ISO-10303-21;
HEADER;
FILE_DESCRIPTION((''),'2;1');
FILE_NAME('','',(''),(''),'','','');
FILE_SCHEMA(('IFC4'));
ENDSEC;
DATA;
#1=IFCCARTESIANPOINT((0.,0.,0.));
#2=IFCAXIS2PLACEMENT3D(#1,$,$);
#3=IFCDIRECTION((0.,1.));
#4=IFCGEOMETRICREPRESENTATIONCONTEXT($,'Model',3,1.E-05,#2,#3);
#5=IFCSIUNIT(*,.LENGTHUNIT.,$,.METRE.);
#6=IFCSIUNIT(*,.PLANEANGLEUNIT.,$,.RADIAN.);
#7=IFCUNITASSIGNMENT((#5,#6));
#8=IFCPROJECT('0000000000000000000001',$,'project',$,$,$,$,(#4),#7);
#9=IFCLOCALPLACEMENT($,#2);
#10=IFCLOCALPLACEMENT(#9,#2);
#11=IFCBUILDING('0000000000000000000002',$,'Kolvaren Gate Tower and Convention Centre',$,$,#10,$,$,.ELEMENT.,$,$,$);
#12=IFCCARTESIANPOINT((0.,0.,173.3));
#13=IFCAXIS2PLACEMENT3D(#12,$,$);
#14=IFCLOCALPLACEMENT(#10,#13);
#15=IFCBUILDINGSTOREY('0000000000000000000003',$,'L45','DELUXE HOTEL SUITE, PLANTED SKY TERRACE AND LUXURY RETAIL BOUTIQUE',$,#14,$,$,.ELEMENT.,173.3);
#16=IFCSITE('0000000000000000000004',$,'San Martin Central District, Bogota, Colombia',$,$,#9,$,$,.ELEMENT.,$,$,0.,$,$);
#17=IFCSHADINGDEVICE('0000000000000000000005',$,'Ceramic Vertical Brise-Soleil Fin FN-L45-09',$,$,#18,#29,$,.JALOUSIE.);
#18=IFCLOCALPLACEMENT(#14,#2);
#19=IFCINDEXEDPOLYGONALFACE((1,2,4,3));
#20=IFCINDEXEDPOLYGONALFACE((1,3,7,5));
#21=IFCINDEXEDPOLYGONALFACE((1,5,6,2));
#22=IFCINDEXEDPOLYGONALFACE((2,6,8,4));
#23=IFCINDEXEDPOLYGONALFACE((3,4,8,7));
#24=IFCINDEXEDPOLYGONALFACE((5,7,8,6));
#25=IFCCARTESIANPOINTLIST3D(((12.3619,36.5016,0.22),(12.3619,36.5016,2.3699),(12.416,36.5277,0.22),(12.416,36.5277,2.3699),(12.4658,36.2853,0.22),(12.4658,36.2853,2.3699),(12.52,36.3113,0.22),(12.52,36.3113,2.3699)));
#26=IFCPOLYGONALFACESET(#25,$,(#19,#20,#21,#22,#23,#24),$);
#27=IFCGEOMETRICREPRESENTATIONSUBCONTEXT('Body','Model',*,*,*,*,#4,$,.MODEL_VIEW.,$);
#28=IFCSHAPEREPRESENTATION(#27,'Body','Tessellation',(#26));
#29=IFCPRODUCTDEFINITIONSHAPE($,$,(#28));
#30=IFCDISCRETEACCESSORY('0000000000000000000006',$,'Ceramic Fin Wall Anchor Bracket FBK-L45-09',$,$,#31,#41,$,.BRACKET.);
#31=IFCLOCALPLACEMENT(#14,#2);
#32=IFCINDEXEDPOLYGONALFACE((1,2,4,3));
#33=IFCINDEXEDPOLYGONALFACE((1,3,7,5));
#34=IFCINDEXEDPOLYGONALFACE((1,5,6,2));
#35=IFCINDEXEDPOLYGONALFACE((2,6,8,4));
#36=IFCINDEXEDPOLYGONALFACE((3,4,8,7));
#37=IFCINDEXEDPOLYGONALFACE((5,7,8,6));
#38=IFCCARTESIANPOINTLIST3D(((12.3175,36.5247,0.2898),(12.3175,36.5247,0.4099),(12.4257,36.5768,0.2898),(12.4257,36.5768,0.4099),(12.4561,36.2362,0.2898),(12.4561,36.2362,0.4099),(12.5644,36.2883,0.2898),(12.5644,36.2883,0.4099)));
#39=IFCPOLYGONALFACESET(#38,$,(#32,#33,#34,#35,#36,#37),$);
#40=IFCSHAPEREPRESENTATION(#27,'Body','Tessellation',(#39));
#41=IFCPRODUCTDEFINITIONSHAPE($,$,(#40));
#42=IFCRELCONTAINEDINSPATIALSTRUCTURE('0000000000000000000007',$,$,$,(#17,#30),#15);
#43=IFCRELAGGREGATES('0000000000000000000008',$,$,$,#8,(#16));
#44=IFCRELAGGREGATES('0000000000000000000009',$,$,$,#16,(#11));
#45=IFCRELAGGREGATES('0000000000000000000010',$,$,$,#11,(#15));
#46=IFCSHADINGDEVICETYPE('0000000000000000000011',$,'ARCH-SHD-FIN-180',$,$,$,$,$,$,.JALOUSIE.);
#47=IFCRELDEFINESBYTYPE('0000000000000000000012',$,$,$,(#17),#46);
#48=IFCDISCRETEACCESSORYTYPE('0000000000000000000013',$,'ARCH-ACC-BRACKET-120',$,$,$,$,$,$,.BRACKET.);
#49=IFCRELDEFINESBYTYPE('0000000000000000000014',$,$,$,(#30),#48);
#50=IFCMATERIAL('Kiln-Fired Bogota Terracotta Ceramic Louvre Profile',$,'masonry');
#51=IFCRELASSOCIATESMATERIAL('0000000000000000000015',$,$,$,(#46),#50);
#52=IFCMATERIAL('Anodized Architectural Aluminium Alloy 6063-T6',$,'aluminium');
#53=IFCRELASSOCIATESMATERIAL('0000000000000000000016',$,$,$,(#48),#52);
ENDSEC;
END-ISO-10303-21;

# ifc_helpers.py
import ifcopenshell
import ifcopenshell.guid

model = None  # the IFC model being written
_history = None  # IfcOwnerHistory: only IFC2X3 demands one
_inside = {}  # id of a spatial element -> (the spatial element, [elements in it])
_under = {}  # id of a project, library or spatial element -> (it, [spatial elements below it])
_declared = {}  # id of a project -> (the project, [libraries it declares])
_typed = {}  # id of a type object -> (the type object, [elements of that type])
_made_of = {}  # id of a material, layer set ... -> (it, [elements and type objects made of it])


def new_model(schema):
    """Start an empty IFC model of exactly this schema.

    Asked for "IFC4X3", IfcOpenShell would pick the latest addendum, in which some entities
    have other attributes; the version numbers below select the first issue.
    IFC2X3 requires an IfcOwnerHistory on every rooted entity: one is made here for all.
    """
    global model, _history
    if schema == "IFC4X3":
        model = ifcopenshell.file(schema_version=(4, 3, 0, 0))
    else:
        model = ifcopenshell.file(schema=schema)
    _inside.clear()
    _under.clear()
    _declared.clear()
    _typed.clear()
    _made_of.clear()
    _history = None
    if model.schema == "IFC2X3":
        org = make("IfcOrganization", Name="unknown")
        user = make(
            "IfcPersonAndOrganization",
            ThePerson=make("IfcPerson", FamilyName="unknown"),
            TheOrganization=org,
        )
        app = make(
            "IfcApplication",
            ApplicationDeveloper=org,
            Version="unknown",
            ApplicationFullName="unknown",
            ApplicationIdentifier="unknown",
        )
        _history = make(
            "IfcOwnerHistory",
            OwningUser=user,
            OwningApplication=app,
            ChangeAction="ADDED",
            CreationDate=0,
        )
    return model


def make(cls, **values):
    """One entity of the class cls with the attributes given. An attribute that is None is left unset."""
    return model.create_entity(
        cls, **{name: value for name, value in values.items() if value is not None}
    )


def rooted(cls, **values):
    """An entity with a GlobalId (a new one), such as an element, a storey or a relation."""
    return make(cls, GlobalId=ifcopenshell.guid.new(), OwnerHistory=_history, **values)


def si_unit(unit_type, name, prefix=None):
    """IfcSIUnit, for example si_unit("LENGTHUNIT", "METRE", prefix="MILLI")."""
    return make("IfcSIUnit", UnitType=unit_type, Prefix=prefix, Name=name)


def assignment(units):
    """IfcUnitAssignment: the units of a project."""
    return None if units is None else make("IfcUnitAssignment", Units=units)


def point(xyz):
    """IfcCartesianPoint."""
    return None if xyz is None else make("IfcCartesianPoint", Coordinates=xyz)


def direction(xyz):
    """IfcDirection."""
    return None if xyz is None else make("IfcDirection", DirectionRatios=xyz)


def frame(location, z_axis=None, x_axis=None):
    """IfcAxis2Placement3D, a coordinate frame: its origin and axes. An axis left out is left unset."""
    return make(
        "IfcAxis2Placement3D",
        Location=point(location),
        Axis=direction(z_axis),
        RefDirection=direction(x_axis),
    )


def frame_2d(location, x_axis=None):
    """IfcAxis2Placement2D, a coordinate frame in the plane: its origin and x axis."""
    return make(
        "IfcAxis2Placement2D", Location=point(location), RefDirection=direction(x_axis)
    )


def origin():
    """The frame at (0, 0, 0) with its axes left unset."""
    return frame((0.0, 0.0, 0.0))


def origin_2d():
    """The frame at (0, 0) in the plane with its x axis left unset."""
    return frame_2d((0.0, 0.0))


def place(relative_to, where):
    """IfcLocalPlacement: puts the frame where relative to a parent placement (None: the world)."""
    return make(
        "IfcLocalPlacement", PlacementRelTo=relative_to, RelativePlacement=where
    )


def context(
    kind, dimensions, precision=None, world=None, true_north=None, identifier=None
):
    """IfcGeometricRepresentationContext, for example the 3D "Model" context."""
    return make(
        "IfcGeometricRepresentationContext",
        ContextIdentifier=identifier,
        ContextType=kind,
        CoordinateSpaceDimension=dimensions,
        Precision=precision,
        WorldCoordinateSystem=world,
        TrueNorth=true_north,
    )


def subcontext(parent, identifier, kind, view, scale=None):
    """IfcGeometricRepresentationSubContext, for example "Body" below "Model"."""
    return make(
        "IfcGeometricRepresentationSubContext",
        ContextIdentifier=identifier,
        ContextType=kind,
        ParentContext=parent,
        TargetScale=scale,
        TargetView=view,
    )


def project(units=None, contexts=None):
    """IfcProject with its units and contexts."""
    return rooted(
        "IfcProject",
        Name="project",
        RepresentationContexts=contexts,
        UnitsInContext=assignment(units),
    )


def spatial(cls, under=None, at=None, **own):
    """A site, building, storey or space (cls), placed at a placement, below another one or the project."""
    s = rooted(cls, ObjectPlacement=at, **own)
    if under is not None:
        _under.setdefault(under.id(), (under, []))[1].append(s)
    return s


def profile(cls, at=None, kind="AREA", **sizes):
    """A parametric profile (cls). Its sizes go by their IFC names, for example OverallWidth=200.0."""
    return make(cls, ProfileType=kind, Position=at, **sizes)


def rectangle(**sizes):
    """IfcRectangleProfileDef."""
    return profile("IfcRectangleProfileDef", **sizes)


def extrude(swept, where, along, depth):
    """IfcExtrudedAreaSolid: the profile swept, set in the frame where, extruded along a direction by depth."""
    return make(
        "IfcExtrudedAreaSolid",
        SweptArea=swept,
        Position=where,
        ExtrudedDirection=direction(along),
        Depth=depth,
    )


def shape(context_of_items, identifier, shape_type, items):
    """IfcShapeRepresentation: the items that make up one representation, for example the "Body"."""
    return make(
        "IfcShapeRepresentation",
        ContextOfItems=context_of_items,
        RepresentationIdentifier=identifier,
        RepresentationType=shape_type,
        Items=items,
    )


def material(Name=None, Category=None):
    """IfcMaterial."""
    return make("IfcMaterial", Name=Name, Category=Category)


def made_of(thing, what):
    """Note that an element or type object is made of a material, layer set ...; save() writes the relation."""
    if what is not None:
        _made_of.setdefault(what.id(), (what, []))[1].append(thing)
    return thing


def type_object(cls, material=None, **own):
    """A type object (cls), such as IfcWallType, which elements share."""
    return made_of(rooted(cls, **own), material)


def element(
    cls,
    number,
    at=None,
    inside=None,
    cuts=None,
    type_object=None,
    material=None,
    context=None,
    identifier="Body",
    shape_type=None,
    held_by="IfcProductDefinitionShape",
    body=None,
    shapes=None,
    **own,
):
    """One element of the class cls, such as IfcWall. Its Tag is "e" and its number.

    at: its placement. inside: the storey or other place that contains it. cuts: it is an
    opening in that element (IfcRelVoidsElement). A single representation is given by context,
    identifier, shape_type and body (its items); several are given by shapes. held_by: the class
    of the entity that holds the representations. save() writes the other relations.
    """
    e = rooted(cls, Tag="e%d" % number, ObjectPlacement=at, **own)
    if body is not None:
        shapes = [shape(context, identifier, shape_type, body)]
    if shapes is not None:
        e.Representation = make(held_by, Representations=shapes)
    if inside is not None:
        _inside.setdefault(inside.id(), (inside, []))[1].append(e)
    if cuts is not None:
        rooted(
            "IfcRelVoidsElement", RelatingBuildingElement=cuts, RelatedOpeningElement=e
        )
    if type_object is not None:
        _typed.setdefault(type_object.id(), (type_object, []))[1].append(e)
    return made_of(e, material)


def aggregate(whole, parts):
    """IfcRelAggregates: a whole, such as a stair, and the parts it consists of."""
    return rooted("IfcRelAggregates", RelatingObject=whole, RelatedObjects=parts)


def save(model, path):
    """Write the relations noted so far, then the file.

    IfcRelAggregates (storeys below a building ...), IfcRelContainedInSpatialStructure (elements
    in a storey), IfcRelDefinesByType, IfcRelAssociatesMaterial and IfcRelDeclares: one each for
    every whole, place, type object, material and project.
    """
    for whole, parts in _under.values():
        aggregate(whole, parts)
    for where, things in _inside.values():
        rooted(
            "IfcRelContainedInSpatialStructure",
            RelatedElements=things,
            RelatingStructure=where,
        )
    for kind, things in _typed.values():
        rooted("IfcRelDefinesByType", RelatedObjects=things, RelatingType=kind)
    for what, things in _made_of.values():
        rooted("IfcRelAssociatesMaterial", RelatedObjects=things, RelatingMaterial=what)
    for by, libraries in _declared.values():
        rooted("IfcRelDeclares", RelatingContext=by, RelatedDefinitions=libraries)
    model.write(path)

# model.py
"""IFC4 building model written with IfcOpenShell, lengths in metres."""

from ifc_helpers import new_model, si_unit, direction, frame, origin, origin_2d, place, context, subcontext, project, spatial, rectangle, extrude, material, type_object, element, save


model = new_model("IFC4")

# Units and contexts
model_context = context("Model", 3, precision=1e-05, world=origin(), true_north=direction((0.0, 1.0)))
body_context = subcontext(model_context, "Body", "Model", "MODEL_VIEW")
ifc_project = project(units=[si_unit("LENGTHUNIT", "METRE"), si_unit("PLANEANGLEUNIT", "RADIAN")], contexts=[model_context])

# Site, building, storey
site_placement = place(None, origin())
site = spatial("IfcSite", under=ifc_project, at=site_placement, Name="San Martin Central District, Bogota, Colombia", CompositionType="ELEMENT", RefElevation=0.0)
building_placement = place(site_placement, origin())
building = spatial("IfcBuilding", under=site, at=building_placement, Name="Kolvaren Gate Tower and Convention Centre", CompositionType="ELEMENT")
storey_placement = place(building_placement, frame((0.0, 0.0, 173.3)))
storey = spatial("IfcBuildingStorey", under=building, at=storey_placement, Name="L45", Description="DELUXE HOTEL SUITE, PLANTED SKY TERRACE AND LUXURY RETAIL BOUTIQUE", CompositionType="ELEMENT", Elevation=173.3)

# Shared definitions
ifc_material_1 = material(Name="Anodized Architectural Aluminium Alloy 6063-T6", Category="aluminium")

# Shading device
ifc_material_2 = material(Name="Kiln-Fired Bogota Terracotta Ceramic Louvre Profile", Category="masonry")
shading_device_type = type_object("IfcShadingDeviceType", Name="ARCH-SHD-FIN-180", PredefinedType="JALOUSIE", material=ifc_material_2)
shading_device_placement = place(storey_placement, frame((12.4409, 36.4065, 0.22), z_axis=(0.0, 0.0, 1.0), x_axis=(0.901358, 0.433074, 0.0)))
element("IfcShadingDevice", 1, at=shading_device_placement, inside=storey, type_object=shading_device_type, Name="Ceramic Vertical Brise-Soleil Fin FN-L45-09", PredefinedType="JALOUSIE", context=body_context, shape_type="SweptSolid", body=[
    extrude(rectangle(XDim=0.0601, YDim=0.24, at=origin_2d()), origin(), (0.0, 0.0, 1.0), 2.1499),
])

# Discrete accessory
discrete_accessory_type = type_object("IfcDiscreteAccessoryType", Name="ARCH-ACC-BRACKET-120", PredefinedType="BRACKET", material=ifc_material_1)
discrete_accessory_placement = place(storey_placement, frame((12.4409, 36.4065, 0.2898), z_axis=(0.0, 0.0, 1.0), x_axis=(0.901358, 0.433074, 0.0)))
element("IfcDiscreteAccessory", 2, at=discrete_accessory_placement, inside=storey, type_object=discrete_accessory_type, Name="Ceramic Fin Wall Anchor Bracket FBK-L45-09", PredefinedType="BRACKET", context=body_context, shape_type="SweptSolid", body=[
    extrude(rectangle(XDim=0.1201, YDim=0.3201, at=origin_2d()), origin(), (0.0, 0.0, 1.0), 0.1201),
])

save(model, "model.ifc")
